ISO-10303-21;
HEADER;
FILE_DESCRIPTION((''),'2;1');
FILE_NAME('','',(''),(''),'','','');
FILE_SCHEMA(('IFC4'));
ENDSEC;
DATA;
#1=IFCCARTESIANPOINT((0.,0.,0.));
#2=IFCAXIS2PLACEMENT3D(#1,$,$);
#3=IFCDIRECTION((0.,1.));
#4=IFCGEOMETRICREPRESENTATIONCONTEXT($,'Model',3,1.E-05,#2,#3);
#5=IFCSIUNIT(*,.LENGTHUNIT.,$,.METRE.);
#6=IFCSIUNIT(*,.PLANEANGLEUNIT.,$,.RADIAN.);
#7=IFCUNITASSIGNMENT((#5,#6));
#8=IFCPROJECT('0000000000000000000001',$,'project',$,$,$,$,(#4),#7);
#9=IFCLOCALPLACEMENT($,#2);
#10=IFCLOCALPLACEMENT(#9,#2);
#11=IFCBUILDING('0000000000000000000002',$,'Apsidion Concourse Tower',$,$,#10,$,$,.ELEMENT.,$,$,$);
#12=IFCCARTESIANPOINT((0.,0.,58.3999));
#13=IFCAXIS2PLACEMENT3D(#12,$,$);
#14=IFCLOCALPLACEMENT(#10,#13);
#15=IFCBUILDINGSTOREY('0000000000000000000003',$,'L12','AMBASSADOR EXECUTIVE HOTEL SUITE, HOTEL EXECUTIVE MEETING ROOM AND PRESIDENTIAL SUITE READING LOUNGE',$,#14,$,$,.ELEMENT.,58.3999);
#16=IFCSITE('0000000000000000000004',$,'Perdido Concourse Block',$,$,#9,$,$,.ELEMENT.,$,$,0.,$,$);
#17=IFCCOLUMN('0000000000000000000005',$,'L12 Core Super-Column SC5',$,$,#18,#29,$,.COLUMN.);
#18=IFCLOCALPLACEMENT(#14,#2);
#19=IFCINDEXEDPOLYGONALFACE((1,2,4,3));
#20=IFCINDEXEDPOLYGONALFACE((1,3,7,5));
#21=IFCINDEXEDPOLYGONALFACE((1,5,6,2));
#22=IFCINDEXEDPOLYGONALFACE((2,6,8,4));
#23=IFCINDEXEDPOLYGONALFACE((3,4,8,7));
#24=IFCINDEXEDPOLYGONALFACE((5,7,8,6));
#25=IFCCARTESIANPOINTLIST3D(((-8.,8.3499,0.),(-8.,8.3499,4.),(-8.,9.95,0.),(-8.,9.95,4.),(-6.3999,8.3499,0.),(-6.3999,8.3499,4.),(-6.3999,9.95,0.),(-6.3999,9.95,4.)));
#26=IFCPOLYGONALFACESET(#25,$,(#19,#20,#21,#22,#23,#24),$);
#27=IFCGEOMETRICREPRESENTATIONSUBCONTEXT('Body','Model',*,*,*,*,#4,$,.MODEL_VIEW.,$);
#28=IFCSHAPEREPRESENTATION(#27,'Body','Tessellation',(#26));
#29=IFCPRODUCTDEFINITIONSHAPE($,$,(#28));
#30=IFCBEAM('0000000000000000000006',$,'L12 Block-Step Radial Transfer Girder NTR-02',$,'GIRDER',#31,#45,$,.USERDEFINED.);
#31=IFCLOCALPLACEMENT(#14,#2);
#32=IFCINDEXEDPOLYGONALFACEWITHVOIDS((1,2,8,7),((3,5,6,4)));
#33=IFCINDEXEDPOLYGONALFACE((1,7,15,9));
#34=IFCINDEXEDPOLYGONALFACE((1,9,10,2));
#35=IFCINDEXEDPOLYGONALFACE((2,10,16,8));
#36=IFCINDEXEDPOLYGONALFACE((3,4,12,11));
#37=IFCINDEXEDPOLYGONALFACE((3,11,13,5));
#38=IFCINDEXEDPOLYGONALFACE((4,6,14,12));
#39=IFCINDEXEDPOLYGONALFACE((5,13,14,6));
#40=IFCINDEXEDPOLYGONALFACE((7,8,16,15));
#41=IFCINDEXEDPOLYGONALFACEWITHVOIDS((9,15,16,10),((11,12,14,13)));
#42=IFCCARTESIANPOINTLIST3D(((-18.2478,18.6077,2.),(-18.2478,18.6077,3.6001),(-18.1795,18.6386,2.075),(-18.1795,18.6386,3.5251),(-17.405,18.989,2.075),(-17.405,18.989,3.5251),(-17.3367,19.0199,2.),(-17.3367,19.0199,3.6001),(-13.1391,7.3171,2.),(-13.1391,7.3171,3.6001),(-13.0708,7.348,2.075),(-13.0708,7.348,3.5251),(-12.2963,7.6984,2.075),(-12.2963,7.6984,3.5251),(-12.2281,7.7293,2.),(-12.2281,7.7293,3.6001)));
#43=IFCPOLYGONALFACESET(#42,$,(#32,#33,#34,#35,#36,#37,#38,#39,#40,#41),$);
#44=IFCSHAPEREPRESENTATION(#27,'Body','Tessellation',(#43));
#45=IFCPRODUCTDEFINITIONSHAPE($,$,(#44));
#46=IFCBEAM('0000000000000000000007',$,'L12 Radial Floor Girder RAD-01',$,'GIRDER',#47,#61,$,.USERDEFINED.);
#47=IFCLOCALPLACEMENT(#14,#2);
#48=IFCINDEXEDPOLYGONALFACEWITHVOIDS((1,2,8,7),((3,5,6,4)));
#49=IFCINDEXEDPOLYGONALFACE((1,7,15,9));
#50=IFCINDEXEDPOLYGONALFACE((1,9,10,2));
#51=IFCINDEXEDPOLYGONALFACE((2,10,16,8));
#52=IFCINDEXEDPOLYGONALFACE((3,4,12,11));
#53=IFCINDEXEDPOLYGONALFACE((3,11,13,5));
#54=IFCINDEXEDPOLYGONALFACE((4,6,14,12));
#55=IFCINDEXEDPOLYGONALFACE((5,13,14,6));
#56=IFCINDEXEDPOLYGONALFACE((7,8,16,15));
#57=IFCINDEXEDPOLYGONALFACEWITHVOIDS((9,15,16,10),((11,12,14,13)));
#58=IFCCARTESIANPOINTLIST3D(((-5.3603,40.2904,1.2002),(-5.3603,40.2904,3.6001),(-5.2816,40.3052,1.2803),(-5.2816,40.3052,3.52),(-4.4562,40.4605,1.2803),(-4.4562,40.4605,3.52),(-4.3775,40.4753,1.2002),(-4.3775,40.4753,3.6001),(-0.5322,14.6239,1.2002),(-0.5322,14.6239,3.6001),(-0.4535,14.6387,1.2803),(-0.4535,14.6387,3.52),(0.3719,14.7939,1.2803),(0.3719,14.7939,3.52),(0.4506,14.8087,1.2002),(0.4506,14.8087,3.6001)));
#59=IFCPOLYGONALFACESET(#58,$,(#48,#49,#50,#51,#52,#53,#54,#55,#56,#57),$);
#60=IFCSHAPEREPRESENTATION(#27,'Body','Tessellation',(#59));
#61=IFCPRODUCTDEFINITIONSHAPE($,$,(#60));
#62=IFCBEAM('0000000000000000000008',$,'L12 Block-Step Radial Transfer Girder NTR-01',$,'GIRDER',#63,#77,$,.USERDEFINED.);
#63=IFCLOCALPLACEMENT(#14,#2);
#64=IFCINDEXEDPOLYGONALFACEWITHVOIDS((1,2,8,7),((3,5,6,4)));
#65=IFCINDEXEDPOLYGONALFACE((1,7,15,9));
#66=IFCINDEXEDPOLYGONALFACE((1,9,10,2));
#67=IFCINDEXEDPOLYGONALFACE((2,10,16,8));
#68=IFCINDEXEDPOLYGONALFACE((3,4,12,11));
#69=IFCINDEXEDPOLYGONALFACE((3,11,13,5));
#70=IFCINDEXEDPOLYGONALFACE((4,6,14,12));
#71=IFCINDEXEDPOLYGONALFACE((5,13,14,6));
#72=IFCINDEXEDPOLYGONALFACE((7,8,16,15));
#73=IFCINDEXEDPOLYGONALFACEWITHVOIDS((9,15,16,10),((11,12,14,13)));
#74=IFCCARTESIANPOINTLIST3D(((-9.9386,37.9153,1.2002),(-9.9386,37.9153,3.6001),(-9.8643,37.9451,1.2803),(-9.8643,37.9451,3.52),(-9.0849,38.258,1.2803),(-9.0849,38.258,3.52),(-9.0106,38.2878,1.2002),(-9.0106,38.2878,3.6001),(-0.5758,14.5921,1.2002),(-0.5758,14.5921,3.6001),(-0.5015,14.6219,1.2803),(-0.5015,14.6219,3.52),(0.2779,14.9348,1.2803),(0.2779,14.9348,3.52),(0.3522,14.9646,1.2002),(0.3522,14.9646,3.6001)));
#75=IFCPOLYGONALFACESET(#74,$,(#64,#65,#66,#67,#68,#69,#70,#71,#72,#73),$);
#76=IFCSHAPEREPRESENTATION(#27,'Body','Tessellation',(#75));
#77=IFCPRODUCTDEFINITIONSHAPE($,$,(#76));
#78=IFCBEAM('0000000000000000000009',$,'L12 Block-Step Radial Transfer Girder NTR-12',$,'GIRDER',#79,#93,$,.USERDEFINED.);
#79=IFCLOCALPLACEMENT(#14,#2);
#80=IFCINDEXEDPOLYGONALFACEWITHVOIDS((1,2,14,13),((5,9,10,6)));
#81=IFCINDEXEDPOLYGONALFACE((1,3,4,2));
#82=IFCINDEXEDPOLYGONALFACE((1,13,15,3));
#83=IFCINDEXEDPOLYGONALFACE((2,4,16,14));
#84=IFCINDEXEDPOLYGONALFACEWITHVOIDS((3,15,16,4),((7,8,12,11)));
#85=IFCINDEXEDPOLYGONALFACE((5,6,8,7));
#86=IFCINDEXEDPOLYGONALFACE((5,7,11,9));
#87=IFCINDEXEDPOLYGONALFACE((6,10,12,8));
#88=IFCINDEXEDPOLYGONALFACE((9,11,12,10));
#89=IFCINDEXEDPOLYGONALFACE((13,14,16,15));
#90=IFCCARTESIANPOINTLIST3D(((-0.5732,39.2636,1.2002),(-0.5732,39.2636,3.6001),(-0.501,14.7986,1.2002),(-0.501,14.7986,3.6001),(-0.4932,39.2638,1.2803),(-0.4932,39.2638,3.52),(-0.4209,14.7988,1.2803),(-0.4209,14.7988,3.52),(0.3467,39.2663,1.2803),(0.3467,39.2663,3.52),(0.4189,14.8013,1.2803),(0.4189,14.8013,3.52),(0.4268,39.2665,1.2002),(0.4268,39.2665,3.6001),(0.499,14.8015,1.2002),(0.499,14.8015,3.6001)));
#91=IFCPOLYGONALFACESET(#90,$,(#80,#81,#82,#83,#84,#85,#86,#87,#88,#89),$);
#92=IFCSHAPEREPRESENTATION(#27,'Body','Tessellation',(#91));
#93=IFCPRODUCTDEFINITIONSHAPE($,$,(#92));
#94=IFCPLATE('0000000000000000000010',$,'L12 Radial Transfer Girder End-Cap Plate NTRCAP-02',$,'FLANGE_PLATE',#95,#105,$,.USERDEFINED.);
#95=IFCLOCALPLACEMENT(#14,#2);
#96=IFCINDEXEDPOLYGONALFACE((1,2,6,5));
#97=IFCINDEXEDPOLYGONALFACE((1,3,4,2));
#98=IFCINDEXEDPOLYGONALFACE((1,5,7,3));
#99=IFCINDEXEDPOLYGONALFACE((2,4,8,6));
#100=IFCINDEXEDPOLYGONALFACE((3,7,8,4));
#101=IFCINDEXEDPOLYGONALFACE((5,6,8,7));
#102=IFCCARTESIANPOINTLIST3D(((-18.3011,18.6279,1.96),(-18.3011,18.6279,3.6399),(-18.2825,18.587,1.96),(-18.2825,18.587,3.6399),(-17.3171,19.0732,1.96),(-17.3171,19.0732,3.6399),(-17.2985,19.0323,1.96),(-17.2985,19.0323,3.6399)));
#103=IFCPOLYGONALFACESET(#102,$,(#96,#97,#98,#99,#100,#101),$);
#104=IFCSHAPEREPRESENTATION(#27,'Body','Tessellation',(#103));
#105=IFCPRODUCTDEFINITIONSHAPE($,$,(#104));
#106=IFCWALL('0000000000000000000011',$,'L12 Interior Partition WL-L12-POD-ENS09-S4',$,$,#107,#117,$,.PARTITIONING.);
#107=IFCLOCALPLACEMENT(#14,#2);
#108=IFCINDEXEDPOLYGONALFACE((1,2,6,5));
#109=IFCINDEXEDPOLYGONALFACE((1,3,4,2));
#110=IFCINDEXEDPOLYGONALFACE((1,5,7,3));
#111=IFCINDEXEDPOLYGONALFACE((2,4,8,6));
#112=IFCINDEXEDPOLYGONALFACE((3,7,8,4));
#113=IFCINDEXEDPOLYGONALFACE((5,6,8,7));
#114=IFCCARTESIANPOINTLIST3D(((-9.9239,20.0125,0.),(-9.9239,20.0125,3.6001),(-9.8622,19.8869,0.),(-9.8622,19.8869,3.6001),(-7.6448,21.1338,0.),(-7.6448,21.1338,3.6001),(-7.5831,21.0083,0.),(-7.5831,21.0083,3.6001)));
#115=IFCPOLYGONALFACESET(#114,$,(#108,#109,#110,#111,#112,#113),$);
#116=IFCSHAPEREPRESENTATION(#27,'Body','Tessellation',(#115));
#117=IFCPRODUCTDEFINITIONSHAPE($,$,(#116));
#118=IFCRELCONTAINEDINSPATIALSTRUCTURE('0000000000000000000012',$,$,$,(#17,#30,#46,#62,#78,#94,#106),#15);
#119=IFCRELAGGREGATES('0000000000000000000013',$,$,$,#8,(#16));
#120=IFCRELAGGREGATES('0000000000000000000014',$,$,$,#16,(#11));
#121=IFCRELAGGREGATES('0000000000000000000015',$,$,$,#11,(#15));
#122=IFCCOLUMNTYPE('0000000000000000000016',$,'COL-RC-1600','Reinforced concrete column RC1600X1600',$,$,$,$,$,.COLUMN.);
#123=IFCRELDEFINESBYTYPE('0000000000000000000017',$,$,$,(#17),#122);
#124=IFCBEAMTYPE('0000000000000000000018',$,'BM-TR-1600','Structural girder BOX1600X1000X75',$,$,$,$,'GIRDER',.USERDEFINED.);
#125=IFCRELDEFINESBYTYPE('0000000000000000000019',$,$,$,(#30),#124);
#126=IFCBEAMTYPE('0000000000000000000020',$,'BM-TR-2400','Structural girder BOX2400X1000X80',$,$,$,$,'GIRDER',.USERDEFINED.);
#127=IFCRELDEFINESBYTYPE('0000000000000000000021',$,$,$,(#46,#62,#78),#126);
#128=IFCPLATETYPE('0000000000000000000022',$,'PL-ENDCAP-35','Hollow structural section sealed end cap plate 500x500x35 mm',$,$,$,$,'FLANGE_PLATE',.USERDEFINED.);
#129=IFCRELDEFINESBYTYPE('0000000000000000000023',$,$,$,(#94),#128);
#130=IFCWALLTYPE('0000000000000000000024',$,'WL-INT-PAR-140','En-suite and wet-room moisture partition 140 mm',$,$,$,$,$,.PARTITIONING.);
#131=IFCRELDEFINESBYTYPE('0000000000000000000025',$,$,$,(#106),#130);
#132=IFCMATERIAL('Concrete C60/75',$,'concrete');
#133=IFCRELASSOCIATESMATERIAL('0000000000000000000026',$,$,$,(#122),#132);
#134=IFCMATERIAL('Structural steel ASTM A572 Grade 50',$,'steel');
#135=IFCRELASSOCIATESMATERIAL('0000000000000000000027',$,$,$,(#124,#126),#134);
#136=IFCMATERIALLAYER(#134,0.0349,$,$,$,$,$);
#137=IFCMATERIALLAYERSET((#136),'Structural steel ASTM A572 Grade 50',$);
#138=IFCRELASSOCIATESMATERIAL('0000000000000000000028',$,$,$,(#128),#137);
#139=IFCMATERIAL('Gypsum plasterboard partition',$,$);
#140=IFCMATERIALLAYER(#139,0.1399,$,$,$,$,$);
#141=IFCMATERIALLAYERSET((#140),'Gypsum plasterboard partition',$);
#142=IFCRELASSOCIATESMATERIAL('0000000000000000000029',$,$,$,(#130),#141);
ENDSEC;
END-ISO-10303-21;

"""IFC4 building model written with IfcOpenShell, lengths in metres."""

from ifc_helpers import new_model, si_unit, direction, frame, frame_2d, origin, origin_2d, place, context, subcontext, project, spatial, rectangle, hollow_rectangle, extrude, material, layer, layer_set, material_profile, profile_set, type_object, element, save


model = new_model("IFC4")

# Units and contexts
model_context = context("Model", 3, precision=1e-05, world=origin(), true_north=direction((0.0, 1.0)))
body_context = subcontext(model_context, "Body", "Model", "MODEL_VIEW")
ifc_project = project(units=[si_unit("LENGTHUNIT", "METRE"), si_unit("PLANEANGLEUNIT", "RADIAN")], contexts=[model_context])

# Site, building, storey
site_placement = place(None, origin())
site = spatial("IfcSite", under=ifc_project, at=site_placement, Name="Perdido Concourse Block", CompositionType="ELEMENT", RefElevation=0.0)
building_placement = place(site_placement, origin())
building = spatial("IfcBuilding", under=site, at=building_placement, Name="Apsidion Concourse Tower", CompositionType="ELEMENT")
storey_placement = place(building_placement, frame((0.0, 0.0, 58.3999)))
storey = spatial("IfcBuildingStorey", under=building, at=storey_placement, Name="L12", Description="AMBASSADOR EXECUTIVE HOTEL SUITE, HOTEL EXECUTIVE MEETING ROOM AND PRESIDENTIAL SUITE READING LOUNGE", CompositionType="ELEMENT", Elevation=58.3999)

# Column
ifc_material_1 = material(Name="Concrete C60/75", Category="concrete")
ifc_material_profile_1 = material_profile(ifc_material_1, rectangle(XDim=1.6001, YDim=1.6001, at=origin_2d()), Name="RC 1600x1600")
ifc_profile_set_1 = profile_set([ifc_material_profile_1], Name="Concrete C60/75")
column_type = type_object("IfcColumnType", Name="COL-RC-1600", Description="Reinforced concrete column RC1600X1600", PredefinedType="COLUMN", material=ifc_profile_set_1)
column_placement = place(storey_placement, frame((-7.2, 9.1499, 0.0), z_axis=(0.0, 0.0, 1.0), x_axis=(1.0, 0.0, 0.0)))
element("IfcColumn", 1, at=column_placement, inside=storey, type_object=column_type, Name="L12 Core Super-Column SC5", PredefinedType="COLUMN", context=body_context, shape_type="SweptSolid", body=[
    extrude(rectangle(XDim=1.6001, YDim=1.6001, at=origin_2d()), origin(), (0.0, 0.0, 1.0), 4.0),
])

# Beams
ifc_material_2 = material(Name="Structural steel ASTM A572 Grade 50", Category="steel")
ifc_material_profile_2 = material_profile(ifc_material_2, hollow_rectangle(XDim=1.0, YDim=1.6001, WallThickness=0.075, at=origin_2d()), Name="BOX1600X1000X75")
ifc_profile_set_2 = profile_set([ifc_material_profile_2], Name="Structural steel ASTM A572 Grade 50")
beam_type_1 = type_object("IfcBeamType", Name="BM-TR-1600", Description="Structural girder BOX1600X1000X75", ElementType="GIRDER", PredefinedType="USERDEFINED", material=ifc_profile_set_2)
beam_1_placement = place(storey_placement, frame((-12.6836, 7.5232, 2.8), z_axis=(-0.412236, 0.911077, 0.0), x_axis=(-0.911077, -0.412236, 0.0)))
element("IfcBeam", 2, at=beam_1_placement, inside=storey, type_object=beam_type_1, Name="L12 Block-Step Radial Transfer Girder NTR-02", ObjectType="GIRDER", PredefinedType="USERDEFINED", context=body_context, shape_type="SweptSolid", body=[
    extrude(hollow_rectangle(XDim=1.0, YDim=1.6001, WallThickness=0.075, at=origin_2d()), origin(), (0.0, 0.0, 1.0), 12.3926),
])
ifc_material_profile_3 = material_profile(ifc_material_2, hollow_rectangle(XDim=1.0, YDim=2.3999, WallThickness=0.0801, at=origin_2d()), Name="BOX2400X1000X80")
ifc_profile_set_3 = profile_set([ifc_material_profile_3], Name="Structural steel ASTM A572 Grade 50")
beam_type_2 = type_object("IfcBeamType", Name="BM-TR-2400", Description="Structural girder BOX2400X1000X80", ElementType="GIRDER", PredefinedType="USERDEFINED", material=ifc_profile_set_3)
beam_2_placement = place(storey_placement, frame((-0.0408, 14.7163, 2.4001), z_axis=(-0.184868, 0.982763, 0.0), x_axis=(-0.982763, -0.184868, 0.0)))
element("IfcBeam", 3, at=beam_2_placement, inside=storey, type_object=beam_type_2, Name="L12 Radial Floor Girder RAD-01", ObjectType="GIRDER", PredefinedType="USERDEFINED", context=body_context, shape_type="SweptSolid", body=[
    extrude(hollow_rectangle(XDim=1.0, YDim=2.3999, WallThickness=0.0801, at=origin_2d()), origin(), (0.0, 0.0, 1.0), 26.1167),
])
beam_3_placement = place(storey_placement, frame((-0.1118, 14.7783, 2.4001), z_axis=(-0.372539, 0.928016, 0.0), x_axis=(-0.928016, -0.372539, 0.0)))
element("IfcBeam", 4, at=beam_3_placement, inside=storey, type_object=beam_type_2, Name="L12 Block-Step Radial Transfer Girder NTR-01", ObjectType="GIRDER", PredefinedType="USERDEFINED", context=body_context, shape_type="SweptSolid", body=[
    extrude(hollow_rectangle(XDim=1.0, YDim=2.3999, WallThickness=0.0801, at=origin_2d()), origin(), (0.0, 0.0, 1.0), 25.1323),
])
beam_4_placement = place(storey_placement, frame((-0.001, 14.8, 2.4001), z_axis=(-0.002954, 0.999996, 0.0), x_axis=(-0.999996, -0.002954, 0.0)))
element("IfcBeam", 5, at=beam_4_placement, inside=storey, type_object=beam_type_2, Name="L12 Block-Step Radial Transfer Girder NTR-12", ObjectType="GIRDER", PredefinedType="USERDEFINED", context=body_context, shape_type="SweptSolid", body=[
    extrude(hollow_rectangle(XDim=1.0, YDim=2.3999, WallThickness=0.0801, at=origin_2d()), origin(), (0.0, 0.0, 1.0), 24.4651),
])

# Plate
ifc_layer_1 = layer(ifc_material_2, 0.0349)
ifc_layer_set_1 = layer_set([ifc_layer_1], Name="Structural steel ASTM A572 Grade 50")
plate_type = type_object("IfcPlateType", Name="PL-ENDCAP-35", Description="Hollow structural section sealed end cap plate 500x500x35 mm", ElementType="FLANGE_PLATE", PredefinedType="USERDEFINED", material=ifc_layer_set_1)
plate_placement = place(storey_placement, frame((-17.7998, 18.8301, 1.96), z_axis=(0.0, 0.0, 1.0), x_axis=(-0.41231, 0.911044, 0.0)))
element("IfcPlate", 6, at=plate_placement, inside=storey, type_object=plate_type, Name="L12 Radial Transfer Girder End-Cap Plate NTRCAP-02", ObjectType="FLANGE_PLATE", PredefinedType="USERDEFINED", context=body_context, shape_type="SweptSolid", body=[
    extrude(rectangle(XDim=0.0449, YDim=1.0801, at=origin_2d()), origin(), (0.0, 0.0, 1.0), 1.6799),
])

# Wall
ifc_material_3 = material(Name="Gypsum plasterboard partition")
ifc_layer_2 = layer(ifc_material_3, 0.1399)
ifc_layer_set_2 = layer_set([ifc_layer_2], Name="Gypsum plasterboard partition")
wall_type_1 = type_object("IfcWallType", Name="WL-INT-PAR-140", Description="En-suite and wet-room moisture partition 140 mm", PredefinedType="PARTITIONING", material=ifc_layer_set_2)
wall_1_placement = place(storey_placement, frame((-9.8931, 19.9497, 0.0), z_axis=(0.0, 0.0, 1.0), x_axis=(0.897273, 0.441476, 0.0)))
element("IfcWall", 7, at=wall_1_placement, inside=storey, type_object=wall_type_1, Name="L12 Interior Partition WL-L12-POD-ENS09-S4", PredefinedType="PARTITIONING", context=body_context, shape_type="SweptSolid", body=[
    extrude(rectangle(XDim=2.54, YDim=0.1399, at=frame_2d((1.27, 0.0))), origin(), (0.0, 0.0, 1.0), 3.6001),
])

save(model, "model.ifc")
